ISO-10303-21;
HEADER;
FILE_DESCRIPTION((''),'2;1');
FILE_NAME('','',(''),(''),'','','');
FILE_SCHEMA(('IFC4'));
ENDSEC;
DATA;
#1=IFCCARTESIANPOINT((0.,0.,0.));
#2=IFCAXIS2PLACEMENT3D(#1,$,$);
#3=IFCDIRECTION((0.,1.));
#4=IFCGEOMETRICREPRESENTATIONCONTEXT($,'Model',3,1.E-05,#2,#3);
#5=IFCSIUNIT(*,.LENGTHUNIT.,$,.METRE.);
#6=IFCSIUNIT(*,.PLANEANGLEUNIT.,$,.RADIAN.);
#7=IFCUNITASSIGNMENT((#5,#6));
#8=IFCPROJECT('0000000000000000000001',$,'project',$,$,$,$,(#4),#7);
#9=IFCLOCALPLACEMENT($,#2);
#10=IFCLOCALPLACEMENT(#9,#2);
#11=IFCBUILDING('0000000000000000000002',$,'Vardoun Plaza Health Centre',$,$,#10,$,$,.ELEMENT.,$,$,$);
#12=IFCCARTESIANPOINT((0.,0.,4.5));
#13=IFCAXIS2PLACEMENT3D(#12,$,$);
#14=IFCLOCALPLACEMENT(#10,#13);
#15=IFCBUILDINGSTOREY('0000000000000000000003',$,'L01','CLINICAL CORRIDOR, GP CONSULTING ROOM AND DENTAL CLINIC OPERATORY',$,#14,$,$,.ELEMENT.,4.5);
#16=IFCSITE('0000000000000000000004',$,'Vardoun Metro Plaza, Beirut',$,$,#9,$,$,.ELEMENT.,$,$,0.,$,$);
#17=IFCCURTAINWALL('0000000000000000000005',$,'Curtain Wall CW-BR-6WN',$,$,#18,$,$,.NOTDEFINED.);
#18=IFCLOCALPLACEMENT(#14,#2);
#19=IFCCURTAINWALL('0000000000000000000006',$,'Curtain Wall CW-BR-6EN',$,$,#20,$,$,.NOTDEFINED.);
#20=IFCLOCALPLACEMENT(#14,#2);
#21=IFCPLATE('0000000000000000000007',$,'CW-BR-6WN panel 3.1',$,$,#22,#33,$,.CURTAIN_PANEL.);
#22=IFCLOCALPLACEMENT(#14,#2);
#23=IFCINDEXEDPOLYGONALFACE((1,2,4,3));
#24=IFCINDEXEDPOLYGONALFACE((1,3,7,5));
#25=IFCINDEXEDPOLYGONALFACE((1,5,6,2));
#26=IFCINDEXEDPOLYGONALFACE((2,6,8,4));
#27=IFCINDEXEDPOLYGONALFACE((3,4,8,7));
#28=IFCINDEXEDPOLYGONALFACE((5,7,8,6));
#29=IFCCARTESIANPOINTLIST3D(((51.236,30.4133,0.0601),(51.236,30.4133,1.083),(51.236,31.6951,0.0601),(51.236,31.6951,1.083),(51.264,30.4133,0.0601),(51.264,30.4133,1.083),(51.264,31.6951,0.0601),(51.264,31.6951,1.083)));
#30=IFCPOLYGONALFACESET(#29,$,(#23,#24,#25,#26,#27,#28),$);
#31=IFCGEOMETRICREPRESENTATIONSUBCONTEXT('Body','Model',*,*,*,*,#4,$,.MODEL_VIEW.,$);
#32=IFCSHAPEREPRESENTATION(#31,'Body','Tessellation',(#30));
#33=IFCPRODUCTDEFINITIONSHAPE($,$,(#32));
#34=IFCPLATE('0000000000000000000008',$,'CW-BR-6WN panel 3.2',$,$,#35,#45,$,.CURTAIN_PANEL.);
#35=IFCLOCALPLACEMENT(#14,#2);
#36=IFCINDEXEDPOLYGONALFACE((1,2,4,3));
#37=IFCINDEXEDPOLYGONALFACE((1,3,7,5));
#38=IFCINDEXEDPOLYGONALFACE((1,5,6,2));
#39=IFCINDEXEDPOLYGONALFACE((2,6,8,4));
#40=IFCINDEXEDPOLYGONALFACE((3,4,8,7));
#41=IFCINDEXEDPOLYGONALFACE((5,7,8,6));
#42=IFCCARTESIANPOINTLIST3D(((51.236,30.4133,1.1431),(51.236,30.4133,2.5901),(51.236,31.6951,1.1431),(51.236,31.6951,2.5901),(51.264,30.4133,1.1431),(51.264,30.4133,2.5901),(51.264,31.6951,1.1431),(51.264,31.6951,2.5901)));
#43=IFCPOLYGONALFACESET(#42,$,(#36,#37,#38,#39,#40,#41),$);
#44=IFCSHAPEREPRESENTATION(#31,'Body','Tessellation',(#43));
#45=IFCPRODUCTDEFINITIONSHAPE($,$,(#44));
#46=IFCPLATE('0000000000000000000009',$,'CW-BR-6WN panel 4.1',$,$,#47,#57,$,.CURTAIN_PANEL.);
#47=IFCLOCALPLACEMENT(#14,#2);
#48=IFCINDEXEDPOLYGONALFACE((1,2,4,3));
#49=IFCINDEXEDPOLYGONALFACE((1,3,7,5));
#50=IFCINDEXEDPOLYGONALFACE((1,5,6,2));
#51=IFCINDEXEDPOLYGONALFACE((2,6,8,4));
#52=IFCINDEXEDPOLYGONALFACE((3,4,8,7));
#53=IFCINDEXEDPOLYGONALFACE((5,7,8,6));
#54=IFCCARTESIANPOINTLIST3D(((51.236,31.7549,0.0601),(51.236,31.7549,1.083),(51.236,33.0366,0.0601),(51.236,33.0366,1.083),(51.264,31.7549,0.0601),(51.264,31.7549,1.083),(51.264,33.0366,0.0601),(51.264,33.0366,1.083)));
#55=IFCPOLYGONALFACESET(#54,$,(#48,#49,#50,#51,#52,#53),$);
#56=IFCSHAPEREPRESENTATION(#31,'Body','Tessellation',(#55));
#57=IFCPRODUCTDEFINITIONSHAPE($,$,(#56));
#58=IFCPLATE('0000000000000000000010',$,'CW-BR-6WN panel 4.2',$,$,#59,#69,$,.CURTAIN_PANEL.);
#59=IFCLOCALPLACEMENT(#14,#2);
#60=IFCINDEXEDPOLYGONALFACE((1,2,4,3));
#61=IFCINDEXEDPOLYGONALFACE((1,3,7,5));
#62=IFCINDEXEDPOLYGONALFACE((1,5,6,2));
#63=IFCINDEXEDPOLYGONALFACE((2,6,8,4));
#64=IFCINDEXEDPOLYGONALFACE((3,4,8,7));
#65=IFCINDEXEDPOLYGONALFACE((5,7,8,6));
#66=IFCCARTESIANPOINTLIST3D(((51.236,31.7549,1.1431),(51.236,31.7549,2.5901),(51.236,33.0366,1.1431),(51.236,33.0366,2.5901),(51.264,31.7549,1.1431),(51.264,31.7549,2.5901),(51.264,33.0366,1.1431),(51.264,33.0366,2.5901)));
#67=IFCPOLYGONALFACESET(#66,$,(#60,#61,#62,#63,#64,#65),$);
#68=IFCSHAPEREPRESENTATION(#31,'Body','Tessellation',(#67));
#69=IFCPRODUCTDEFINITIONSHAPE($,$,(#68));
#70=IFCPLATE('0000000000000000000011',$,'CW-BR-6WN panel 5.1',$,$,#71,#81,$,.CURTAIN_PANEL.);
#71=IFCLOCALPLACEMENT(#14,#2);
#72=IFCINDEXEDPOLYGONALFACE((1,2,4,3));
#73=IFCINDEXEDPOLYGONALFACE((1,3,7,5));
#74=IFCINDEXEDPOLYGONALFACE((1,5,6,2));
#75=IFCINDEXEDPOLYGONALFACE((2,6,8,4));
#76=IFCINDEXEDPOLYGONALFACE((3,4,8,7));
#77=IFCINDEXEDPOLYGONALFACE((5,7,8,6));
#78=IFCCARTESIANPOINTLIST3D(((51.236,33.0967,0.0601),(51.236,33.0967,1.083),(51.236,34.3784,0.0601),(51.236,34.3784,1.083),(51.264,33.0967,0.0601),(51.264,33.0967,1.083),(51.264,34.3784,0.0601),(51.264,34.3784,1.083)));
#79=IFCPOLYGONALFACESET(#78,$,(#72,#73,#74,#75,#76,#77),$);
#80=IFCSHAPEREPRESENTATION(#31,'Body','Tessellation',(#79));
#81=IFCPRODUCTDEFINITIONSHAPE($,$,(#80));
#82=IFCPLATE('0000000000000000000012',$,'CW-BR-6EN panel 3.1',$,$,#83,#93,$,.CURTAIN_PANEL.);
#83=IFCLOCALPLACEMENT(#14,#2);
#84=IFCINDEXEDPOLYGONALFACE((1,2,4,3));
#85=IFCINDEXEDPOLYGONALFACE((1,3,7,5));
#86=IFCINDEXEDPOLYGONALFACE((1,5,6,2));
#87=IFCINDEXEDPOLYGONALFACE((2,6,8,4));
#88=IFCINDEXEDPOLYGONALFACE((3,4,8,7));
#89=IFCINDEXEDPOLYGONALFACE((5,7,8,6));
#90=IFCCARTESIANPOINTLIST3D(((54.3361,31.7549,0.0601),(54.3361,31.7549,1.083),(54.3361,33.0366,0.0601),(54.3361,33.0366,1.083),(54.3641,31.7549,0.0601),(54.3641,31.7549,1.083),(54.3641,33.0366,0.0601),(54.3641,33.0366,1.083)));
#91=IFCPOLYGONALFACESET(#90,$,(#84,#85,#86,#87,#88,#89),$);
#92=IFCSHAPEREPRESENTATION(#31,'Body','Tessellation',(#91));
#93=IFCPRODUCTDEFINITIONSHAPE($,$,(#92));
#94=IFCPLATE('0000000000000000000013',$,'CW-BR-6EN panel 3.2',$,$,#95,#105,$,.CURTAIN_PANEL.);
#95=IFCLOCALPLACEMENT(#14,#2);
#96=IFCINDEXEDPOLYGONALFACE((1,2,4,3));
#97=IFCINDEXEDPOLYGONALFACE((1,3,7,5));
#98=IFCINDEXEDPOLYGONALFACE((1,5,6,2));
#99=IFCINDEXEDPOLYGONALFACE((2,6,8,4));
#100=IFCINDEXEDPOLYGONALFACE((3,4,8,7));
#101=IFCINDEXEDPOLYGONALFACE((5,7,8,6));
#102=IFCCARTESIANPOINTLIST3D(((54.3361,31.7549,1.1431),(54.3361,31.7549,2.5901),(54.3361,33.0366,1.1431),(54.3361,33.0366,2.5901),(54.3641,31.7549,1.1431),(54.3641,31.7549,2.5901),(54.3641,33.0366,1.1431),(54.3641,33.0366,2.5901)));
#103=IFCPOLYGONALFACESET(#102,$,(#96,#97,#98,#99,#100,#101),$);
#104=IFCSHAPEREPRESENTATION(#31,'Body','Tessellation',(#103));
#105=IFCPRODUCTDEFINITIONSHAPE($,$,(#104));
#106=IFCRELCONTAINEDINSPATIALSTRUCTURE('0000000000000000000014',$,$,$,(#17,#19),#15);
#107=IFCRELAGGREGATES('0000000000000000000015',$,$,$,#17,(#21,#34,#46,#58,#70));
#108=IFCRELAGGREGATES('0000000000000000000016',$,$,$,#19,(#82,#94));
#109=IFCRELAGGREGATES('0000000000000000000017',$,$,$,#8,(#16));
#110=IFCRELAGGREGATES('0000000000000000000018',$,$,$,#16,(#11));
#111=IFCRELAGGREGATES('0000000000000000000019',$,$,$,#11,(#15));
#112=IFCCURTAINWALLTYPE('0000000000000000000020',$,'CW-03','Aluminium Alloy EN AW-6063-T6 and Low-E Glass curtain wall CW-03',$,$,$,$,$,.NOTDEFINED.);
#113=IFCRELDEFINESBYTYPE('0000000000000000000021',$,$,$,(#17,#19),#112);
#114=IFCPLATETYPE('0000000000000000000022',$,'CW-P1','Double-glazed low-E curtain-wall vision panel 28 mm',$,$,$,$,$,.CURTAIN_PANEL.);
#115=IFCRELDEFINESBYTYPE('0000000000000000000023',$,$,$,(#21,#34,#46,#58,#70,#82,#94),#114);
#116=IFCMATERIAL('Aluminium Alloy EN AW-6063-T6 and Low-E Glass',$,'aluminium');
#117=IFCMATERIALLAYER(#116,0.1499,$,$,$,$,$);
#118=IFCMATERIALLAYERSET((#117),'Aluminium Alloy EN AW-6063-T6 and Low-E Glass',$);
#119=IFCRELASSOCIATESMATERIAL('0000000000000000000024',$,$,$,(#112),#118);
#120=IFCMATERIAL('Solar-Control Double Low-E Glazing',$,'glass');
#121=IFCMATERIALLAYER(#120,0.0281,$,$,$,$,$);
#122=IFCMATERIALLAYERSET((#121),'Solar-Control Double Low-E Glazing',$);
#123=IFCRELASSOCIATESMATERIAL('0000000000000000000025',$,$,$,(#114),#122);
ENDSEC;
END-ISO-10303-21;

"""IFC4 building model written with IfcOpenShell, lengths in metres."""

from ifc_helpers import new_model, si_unit, direction, frame, origin, origin_2d, place, context, subcontext, project, spatial, rectangle, extrude, material, layer, layer_set, type_object, element, aggregate, save


model = new_model("IFC4")

# Units and contexts
model_context = context("Model", 3, precision=1e-05, world=origin(), true_north=direction((0.0, 1.0)))
body_context = subcontext(model_context, "Body", "Model", "MODEL_VIEW")
ifc_project = project(units=[si_unit("LENGTHUNIT", "METRE"), si_unit("PLANEANGLEUNIT", "RADIAN")], contexts=[model_context])

# Site, building, storey
site_placement = place(None, origin())
site = spatial("IfcSite", under=ifc_project, at=site_placement, Name="Vardoun Metro Plaza, Beirut", CompositionType="ELEMENT", RefElevation=0.0)
building_placement = place(site_placement, origin())
building = spatial("IfcBuilding", under=site, at=building_placement, Name="Vardoun Plaza Health Centre", CompositionType="ELEMENT")
storey_placement = place(building_placement, frame((0.0, 0.0, 4.5)))
storey = spatial("IfcBuildingStorey", under=building, at=storey_placement, Name="L01", Description="CLINICAL CORRIDOR, GP CONSULTING ROOM AND DENTAL CLINIC OPERATORY", CompositionType="ELEMENT", Elevation=4.5)

# Curtain walls
ifc_material_1 = material(Name="Aluminium Alloy EN AW-6063-T6 and Low-E Glass", Category="aluminium")
ifc_layer_1 = layer(ifc_material_1, 0.1499)
ifc_layer_set_1 = layer_set([ifc_layer_1], Name="Aluminium Alloy EN AW-6063-T6 and Low-E Glass")
curtain_wall_type = type_object("IfcCurtainWallType", Name="CW-03", Description="Aluminium Alloy EN AW-6063-T6 and Low-E Glass curtain wall CW-03", PredefinedType="NOTDEFINED", material=ifc_layer_set_1)
curtain_wall_1_placement = place(storey_placement, origin())
curtain_wall_1 = element("IfcCurtainWall", 1, at=curtain_wall_1_placement, inside=storey, type_object=curtain_wall_type, Name="Curtain Wall CW-BR-6WN", PredefinedType="NOTDEFINED")
curtain_wall_2_placement = place(storey_placement, origin())
curtain_wall_2 = element("IfcCurtainWall", 2, at=curtain_wall_2_placement, inside=storey, type_object=curtain_wall_type, Name="Curtain Wall CW-BR-6EN", PredefinedType="NOTDEFINED")

# Plates
ifc_material_2 = material(Name="Solar-Control Double Low-E Glazing", Category="glass")
ifc_layer_2 = layer(ifc_material_2, 0.0281)
ifc_layer_set_2 = layer_set([ifc_layer_2], Name="Solar-Control Double Low-E Glazing")
plate_type = type_object("IfcPlateType", Name="CW-P1", Description="Double-glazed low-E curtain-wall vision panel 28 mm", PredefinedType="CURTAIN_PANEL", material=ifc_layer_set_2)
plate_1_placement = place(storey_placement, frame((51.25, 31.0542, 0.0601), z_axis=(0.0, 0.0, 1.0), x_axis=(0.0, 1.0, 0.0)))
plate_1 = element("IfcPlate", 3, at=plate_1_placement, type_object=plate_type, Name="CW-BR-6WN panel 3.1", PredefinedType="CURTAIN_PANEL", context=body_context, shape_type="SweptSolid", body=[
    extrude(rectangle(XDim=1.2817, YDim=0.0281, at=origin_2d()), origin(), (0.0, 0.0, 1.0), 1.0229),
])
plate_2_placement = place(storey_placement, frame((51.25, 31.0542, 1.1431), z_axis=(0.0, 0.0, 1.0), x_axis=(0.0, 1.0, 0.0)))
plate_2 = element("IfcPlate", 4, at=plate_2_placement, type_object=plate_type, Name="CW-BR-6WN panel 3.2", PredefinedType="CURTAIN_PANEL", context=body_context, shape_type="SweptSolid", body=[
    extrude(rectangle(XDim=1.2817, YDim=0.0281, at=origin_2d()), origin(), (0.0, 0.0, 1.0), 1.447),
])
plate_3_placement = place(storey_placement, frame((51.25, 32.3958, 0.0601), z_axis=(0.0, 0.0, 1.0), x_axis=(0.0, 1.0, 0.0)))
plate_3 = element("IfcPlate", 5, at=plate_3_placement, type_object=plate_type, Name="CW-BR-6WN panel 4.1", PredefinedType="CURTAIN_PANEL", context=body_context, shape_type="SweptSolid", body=[
    extrude(rectangle(XDim=1.2817, YDim=0.0281, at=origin_2d()), origin(), (0.0, 0.0, 1.0), 1.0229),
])
plate_4_placement = place(storey_placement, frame((51.25, 32.3958, 1.1431), z_axis=(0.0, 0.0, 1.0), x_axis=(0.0, 1.0, 0.0)))
plate_4 = element("IfcPlate", 6, at=plate_4_placement, type_object=plate_type, Name="CW-BR-6WN panel 4.2", PredefinedType="CURTAIN_PANEL", context=body_context, shape_type="SweptSolid", body=[
    extrude(rectangle(XDim=1.2817, YDim=0.0281, at=origin_2d()), origin(), (0.0, 0.0, 1.0), 1.447),
])
plate_5_placement = place(storey_placement, frame((51.25, 33.7375, 0.0601), z_axis=(0.0, 0.0, 1.0), x_axis=(0.0, 1.0, 0.0)))
plate_5 = element("IfcPlate", 7, at=plate_5_placement, type_object=plate_type, Name="CW-BR-6WN panel 5.1", PredefinedType="CURTAIN_PANEL", context=body_context, shape_type="SweptSolid", body=[
    extrude(rectangle(XDim=1.2817, YDim=0.0281, at=origin_2d()), origin(), (0.0, 0.0, 1.0), 1.0229),
])
aggregate(curtain_wall_1, [plate_1, plate_2, plate_3, plate_4, plate_5])
plate_6_placement = place(storey_placement, frame((54.3501, 32.3958, 0.0601), z_axis=(0.0, 0.0, 1.0), x_axis=(0.0, -1.0, 0.0)))
plate_6 = element("IfcPlate", 8, at=plate_6_placement, type_object=plate_type, Name="CW-BR-6EN panel 3.1", PredefinedType="CURTAIN_PANEL", context=body_context, shape_type="SweptSolid", body=[
    extrude(rectangle(XDim=1.2817, YDim=0.0281, at=origin_2d()), origin(), (0.0, 0.0, 1.0), 1.0229),
])
plate_7_placement = place(storey_placement, frame((54.3501, 32.3958, 1.1431), z_axis=(0.0, 0.0, 1.0), x_axis=(0.0, -1.0, 0.0)))
plate_7 = element("IfcPlate", 9, at=plate_7_placement, type_object=plate_type, Name="CW-BR-6EN panel 3.2", PredefinedType="CURTAIN_PANEL", context=body_context, shape_type="SweptSolid", body=[
    extrude(rectangle(XDim=1.2817, YDim=0.0281, at=origin_2d()), origin(), (0.0, 0.0, 1.0), 1.447),
])
aggregate(curtain_wall_2, [plate_6, plate_7])

save(model, "model.ifc")
